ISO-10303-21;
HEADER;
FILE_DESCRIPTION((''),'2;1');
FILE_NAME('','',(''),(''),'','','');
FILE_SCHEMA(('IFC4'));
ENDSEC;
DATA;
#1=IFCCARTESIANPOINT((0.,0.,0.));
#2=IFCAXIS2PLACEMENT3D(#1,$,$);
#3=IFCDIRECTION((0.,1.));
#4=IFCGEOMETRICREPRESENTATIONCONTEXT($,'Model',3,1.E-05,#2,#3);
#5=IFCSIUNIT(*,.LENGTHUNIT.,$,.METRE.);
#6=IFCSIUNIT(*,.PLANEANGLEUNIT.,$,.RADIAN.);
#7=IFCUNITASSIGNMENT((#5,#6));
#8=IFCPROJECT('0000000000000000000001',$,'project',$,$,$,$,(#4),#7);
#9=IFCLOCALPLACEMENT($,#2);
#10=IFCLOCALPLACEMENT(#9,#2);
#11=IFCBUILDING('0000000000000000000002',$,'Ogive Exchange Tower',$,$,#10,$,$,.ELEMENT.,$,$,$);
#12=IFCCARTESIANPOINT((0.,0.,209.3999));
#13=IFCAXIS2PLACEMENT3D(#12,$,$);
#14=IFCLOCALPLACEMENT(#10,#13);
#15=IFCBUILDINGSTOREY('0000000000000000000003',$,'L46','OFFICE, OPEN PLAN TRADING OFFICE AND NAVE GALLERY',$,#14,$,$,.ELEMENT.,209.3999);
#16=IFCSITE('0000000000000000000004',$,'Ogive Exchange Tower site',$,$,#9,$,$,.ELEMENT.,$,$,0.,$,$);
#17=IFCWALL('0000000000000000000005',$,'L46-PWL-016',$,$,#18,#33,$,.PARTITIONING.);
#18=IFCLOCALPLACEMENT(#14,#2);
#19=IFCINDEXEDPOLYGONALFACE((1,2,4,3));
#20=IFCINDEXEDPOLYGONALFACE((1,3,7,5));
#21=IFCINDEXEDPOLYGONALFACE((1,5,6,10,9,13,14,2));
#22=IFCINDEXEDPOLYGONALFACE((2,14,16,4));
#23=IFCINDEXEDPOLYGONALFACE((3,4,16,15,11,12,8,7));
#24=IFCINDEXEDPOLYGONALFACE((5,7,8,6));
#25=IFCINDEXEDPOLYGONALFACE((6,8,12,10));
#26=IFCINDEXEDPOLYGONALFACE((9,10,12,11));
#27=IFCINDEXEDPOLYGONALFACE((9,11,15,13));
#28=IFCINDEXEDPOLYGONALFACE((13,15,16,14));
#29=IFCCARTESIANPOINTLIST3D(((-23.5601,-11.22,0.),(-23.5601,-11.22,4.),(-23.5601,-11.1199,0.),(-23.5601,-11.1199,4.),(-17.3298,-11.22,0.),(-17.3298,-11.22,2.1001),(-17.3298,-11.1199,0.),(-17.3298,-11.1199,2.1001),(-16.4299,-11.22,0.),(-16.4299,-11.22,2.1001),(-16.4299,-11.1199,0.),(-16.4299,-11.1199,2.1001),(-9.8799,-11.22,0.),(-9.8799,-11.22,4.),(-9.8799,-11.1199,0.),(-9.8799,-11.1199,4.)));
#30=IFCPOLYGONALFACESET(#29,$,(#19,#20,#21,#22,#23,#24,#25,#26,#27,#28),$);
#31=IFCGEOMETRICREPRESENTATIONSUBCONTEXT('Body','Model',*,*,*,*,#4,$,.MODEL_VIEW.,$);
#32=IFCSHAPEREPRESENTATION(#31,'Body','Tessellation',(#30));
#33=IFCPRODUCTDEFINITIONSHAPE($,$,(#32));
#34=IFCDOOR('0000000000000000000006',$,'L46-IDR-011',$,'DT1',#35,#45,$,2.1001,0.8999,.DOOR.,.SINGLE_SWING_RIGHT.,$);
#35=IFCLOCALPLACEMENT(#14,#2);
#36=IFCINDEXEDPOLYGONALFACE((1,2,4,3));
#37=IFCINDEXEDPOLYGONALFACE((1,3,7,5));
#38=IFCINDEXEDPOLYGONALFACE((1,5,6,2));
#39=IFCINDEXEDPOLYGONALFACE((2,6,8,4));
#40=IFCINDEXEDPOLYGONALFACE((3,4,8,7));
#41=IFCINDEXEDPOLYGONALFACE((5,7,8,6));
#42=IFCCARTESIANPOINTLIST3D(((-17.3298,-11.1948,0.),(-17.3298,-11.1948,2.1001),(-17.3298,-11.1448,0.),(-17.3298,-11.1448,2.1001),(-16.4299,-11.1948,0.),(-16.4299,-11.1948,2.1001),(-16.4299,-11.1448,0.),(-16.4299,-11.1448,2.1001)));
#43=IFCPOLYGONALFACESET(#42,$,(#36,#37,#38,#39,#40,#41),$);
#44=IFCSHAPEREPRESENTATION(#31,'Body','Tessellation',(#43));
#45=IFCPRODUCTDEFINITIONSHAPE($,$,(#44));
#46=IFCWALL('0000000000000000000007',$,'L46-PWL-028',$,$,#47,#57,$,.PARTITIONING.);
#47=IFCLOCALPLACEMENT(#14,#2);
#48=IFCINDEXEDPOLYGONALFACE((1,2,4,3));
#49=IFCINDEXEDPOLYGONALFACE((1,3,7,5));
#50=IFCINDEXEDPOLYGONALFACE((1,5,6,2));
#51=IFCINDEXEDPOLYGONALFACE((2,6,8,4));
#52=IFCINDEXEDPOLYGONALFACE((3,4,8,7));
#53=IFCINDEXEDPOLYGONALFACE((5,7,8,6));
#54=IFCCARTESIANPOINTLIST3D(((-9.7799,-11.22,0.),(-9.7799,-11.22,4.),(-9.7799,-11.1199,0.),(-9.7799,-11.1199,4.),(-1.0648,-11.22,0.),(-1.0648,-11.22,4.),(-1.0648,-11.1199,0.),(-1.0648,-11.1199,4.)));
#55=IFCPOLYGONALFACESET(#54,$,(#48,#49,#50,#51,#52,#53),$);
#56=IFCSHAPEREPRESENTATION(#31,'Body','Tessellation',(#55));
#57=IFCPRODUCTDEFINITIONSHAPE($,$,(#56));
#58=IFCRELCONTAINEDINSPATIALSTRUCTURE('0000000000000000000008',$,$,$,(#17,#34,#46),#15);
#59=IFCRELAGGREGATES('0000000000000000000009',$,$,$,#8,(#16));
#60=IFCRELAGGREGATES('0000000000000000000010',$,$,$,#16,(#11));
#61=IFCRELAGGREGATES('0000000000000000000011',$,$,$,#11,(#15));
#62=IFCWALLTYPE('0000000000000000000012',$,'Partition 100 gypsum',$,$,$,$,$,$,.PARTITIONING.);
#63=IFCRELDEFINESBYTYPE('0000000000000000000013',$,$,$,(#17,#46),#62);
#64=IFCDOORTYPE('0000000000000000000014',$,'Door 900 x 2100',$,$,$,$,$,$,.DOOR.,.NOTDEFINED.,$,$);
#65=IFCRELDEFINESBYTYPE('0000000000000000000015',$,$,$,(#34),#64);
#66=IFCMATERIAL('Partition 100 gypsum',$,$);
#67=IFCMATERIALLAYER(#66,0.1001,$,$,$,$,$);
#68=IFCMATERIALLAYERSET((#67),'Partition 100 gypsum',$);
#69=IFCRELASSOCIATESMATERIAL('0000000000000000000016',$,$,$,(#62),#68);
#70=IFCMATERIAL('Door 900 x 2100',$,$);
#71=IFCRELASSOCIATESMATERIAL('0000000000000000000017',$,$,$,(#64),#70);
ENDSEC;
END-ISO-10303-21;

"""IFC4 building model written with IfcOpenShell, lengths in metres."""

from ifc_helpers import new_model, si_unit, direction, frame, frame_2d, origin, place, context, subcontext, project, spatial, rectangle, extrude, material, layer, layer_set, type_object, element, fill, save


model = new_model("IFC4")

# Units and contexts
model_context = context("Model", 3, precision=1e-05, world=origin(), true_north=direction((0.0, 1.0)))
body_context = subcontext(model_context, "Body", "Model", "MODEL_VIEW")
ifc_project = project(units=[si_unit("LENGTHUNIT", "METRE"), si_unit("PLANEANGLEUNIT", "RADIAN")], contexts=[model_context])

# Site, building, storey
site_placement = place(None, origin())
site = spatial("IfcSite", under=ifc_project, at=site_placement, Name="Ogive Exchange Tower site", CompositionType="ELEMENT", RefElevation=0.0)
building_placement = place(site_placement, origin())
building = spatial("IfcBuilding", under=site, at=building_placement, Name="Ogive Exchange Tower", CompositionType="ELEMENT")
storey_placement = place(building_placement, frame((0.0, 0.0, 209.3999)))
storey = spatial("IfcBuildingStorey", under=building, at=storey_placement, Name="L46", Description="OFFICE, OPEN PLAN TRADING OFFICE AND NAVE GALLERY", CompositionType="ELEMENT", Elevation=209.3999)

# Shared definitions
ifc_material_1 = material(Name="Partition 100 gypsum")
ifc_layer_1 = layer(ifc_material_1, 0.1001)
ifc_layer_set_1 = layer_set([ifc_layer_1], Name="Partition 100 gypsum")
wall_type_1 = type_object("IfcWallType", Name="Partition 100 gypsum", PredefinedType="PARTITIONING", material=ifc_layer_set_1)

# Wall, opening, door
wall_1_placement = place(storey_placement, frame((-9.8799, -11.1699, 0.0), z_axis=(0.0, 0.0, 1.0), x_axis=(-1.0, 0.0, 0.0)))
wall_1 = element("IfcWall", 1, at=wall_1_placement, inside=storey, type_object=wall_type_1, Name="L46-PWL-016", PredefinedType="PARTITIONING", context=body_context, shape_type="SweptSolid", body=[
    extrude(rectangle(XDim=13.6802, YDim=0.1001, at=frame_2d((6.8401, 0.0))), origin(), (0.0, 0.0, 1.0), 4.0),
])
opening_1_placement = place(wall_1_placement, frame((6.55, 0.0, 0.0)))
opening_1 = element("IfcOpeningElement", 2, at=opening_1_placement, cuts=wall_1, PredefinedType="OPENING", context=body_context, shape_type="SweptSolid", body=[
    extrude(rectangle(XDim=0.8999, YDim=2.1001, at=frame_2d((0.45, 1.05))), frame((0.0, 0.0601, 0.0), z_axis=(0.0, -1.0, 0.0), x_axis=(1.0, 0.0, 0.0)), (0.0, 0.0, 1.0), 0.1201),
])
ifc_material_2 = material(Name="Door 900 x 2100")
door_type_1 = type_object("IfcDoorType", Name="Door 900 x 2100", OperationType="NOTDEFINED", PredefinedType="DOOR", material=ifc_material_2)
door_1_placement = place(opening_1_placement, origin())
door_1 = element("IfcDoor", 3, at=door_1_placement, inside=storey, type_object=door_type_1, Name="L46-IDR-011", ObjectType="DT1", OperationType="SINGLE_SWING_RIGHT", OverallHeight=2.1001, OverallWidth=0.8999, PredefinedType="DOOR", context=body_context, shape_type="SweptSolid", body=[
    extrude(rectangle(XDim=0.8999, YDim=2.1001, at=frame_2d((0.45, 1.05))), frame((0.0, 0.0249, 0.0), z_axis=(0.0, -1.0, 0.0), x_axis=(1.0, 0.0, 0.0)), (0.0, 0.0, 1.0), 0.05),
])
fill(opening_1, door_1)

# Wall
wall_2_placement = place(storey_placement, frame((-1.0649, -11.1699, 0.0), z_axis=(0.0, 0.0, 1.0), x_axis=(-1.0, 0.0, 0.0)))
element("IfcWall", 4, at=wall_2_placement, inside=storey, type_object=wall_type_1, Name="L46-PWL-028", PredefinedType="PARTITIONING", context=body_context, shape_type="SweptSolid", body=[
    extrude(rectangle(XDim=8.7151, YDim=0.1001, at=frame_2d((4.3574, 0.0))), origin(), (0.0, 0.0, 1.0), 4.0),
])

save(model, "model.ifc")
